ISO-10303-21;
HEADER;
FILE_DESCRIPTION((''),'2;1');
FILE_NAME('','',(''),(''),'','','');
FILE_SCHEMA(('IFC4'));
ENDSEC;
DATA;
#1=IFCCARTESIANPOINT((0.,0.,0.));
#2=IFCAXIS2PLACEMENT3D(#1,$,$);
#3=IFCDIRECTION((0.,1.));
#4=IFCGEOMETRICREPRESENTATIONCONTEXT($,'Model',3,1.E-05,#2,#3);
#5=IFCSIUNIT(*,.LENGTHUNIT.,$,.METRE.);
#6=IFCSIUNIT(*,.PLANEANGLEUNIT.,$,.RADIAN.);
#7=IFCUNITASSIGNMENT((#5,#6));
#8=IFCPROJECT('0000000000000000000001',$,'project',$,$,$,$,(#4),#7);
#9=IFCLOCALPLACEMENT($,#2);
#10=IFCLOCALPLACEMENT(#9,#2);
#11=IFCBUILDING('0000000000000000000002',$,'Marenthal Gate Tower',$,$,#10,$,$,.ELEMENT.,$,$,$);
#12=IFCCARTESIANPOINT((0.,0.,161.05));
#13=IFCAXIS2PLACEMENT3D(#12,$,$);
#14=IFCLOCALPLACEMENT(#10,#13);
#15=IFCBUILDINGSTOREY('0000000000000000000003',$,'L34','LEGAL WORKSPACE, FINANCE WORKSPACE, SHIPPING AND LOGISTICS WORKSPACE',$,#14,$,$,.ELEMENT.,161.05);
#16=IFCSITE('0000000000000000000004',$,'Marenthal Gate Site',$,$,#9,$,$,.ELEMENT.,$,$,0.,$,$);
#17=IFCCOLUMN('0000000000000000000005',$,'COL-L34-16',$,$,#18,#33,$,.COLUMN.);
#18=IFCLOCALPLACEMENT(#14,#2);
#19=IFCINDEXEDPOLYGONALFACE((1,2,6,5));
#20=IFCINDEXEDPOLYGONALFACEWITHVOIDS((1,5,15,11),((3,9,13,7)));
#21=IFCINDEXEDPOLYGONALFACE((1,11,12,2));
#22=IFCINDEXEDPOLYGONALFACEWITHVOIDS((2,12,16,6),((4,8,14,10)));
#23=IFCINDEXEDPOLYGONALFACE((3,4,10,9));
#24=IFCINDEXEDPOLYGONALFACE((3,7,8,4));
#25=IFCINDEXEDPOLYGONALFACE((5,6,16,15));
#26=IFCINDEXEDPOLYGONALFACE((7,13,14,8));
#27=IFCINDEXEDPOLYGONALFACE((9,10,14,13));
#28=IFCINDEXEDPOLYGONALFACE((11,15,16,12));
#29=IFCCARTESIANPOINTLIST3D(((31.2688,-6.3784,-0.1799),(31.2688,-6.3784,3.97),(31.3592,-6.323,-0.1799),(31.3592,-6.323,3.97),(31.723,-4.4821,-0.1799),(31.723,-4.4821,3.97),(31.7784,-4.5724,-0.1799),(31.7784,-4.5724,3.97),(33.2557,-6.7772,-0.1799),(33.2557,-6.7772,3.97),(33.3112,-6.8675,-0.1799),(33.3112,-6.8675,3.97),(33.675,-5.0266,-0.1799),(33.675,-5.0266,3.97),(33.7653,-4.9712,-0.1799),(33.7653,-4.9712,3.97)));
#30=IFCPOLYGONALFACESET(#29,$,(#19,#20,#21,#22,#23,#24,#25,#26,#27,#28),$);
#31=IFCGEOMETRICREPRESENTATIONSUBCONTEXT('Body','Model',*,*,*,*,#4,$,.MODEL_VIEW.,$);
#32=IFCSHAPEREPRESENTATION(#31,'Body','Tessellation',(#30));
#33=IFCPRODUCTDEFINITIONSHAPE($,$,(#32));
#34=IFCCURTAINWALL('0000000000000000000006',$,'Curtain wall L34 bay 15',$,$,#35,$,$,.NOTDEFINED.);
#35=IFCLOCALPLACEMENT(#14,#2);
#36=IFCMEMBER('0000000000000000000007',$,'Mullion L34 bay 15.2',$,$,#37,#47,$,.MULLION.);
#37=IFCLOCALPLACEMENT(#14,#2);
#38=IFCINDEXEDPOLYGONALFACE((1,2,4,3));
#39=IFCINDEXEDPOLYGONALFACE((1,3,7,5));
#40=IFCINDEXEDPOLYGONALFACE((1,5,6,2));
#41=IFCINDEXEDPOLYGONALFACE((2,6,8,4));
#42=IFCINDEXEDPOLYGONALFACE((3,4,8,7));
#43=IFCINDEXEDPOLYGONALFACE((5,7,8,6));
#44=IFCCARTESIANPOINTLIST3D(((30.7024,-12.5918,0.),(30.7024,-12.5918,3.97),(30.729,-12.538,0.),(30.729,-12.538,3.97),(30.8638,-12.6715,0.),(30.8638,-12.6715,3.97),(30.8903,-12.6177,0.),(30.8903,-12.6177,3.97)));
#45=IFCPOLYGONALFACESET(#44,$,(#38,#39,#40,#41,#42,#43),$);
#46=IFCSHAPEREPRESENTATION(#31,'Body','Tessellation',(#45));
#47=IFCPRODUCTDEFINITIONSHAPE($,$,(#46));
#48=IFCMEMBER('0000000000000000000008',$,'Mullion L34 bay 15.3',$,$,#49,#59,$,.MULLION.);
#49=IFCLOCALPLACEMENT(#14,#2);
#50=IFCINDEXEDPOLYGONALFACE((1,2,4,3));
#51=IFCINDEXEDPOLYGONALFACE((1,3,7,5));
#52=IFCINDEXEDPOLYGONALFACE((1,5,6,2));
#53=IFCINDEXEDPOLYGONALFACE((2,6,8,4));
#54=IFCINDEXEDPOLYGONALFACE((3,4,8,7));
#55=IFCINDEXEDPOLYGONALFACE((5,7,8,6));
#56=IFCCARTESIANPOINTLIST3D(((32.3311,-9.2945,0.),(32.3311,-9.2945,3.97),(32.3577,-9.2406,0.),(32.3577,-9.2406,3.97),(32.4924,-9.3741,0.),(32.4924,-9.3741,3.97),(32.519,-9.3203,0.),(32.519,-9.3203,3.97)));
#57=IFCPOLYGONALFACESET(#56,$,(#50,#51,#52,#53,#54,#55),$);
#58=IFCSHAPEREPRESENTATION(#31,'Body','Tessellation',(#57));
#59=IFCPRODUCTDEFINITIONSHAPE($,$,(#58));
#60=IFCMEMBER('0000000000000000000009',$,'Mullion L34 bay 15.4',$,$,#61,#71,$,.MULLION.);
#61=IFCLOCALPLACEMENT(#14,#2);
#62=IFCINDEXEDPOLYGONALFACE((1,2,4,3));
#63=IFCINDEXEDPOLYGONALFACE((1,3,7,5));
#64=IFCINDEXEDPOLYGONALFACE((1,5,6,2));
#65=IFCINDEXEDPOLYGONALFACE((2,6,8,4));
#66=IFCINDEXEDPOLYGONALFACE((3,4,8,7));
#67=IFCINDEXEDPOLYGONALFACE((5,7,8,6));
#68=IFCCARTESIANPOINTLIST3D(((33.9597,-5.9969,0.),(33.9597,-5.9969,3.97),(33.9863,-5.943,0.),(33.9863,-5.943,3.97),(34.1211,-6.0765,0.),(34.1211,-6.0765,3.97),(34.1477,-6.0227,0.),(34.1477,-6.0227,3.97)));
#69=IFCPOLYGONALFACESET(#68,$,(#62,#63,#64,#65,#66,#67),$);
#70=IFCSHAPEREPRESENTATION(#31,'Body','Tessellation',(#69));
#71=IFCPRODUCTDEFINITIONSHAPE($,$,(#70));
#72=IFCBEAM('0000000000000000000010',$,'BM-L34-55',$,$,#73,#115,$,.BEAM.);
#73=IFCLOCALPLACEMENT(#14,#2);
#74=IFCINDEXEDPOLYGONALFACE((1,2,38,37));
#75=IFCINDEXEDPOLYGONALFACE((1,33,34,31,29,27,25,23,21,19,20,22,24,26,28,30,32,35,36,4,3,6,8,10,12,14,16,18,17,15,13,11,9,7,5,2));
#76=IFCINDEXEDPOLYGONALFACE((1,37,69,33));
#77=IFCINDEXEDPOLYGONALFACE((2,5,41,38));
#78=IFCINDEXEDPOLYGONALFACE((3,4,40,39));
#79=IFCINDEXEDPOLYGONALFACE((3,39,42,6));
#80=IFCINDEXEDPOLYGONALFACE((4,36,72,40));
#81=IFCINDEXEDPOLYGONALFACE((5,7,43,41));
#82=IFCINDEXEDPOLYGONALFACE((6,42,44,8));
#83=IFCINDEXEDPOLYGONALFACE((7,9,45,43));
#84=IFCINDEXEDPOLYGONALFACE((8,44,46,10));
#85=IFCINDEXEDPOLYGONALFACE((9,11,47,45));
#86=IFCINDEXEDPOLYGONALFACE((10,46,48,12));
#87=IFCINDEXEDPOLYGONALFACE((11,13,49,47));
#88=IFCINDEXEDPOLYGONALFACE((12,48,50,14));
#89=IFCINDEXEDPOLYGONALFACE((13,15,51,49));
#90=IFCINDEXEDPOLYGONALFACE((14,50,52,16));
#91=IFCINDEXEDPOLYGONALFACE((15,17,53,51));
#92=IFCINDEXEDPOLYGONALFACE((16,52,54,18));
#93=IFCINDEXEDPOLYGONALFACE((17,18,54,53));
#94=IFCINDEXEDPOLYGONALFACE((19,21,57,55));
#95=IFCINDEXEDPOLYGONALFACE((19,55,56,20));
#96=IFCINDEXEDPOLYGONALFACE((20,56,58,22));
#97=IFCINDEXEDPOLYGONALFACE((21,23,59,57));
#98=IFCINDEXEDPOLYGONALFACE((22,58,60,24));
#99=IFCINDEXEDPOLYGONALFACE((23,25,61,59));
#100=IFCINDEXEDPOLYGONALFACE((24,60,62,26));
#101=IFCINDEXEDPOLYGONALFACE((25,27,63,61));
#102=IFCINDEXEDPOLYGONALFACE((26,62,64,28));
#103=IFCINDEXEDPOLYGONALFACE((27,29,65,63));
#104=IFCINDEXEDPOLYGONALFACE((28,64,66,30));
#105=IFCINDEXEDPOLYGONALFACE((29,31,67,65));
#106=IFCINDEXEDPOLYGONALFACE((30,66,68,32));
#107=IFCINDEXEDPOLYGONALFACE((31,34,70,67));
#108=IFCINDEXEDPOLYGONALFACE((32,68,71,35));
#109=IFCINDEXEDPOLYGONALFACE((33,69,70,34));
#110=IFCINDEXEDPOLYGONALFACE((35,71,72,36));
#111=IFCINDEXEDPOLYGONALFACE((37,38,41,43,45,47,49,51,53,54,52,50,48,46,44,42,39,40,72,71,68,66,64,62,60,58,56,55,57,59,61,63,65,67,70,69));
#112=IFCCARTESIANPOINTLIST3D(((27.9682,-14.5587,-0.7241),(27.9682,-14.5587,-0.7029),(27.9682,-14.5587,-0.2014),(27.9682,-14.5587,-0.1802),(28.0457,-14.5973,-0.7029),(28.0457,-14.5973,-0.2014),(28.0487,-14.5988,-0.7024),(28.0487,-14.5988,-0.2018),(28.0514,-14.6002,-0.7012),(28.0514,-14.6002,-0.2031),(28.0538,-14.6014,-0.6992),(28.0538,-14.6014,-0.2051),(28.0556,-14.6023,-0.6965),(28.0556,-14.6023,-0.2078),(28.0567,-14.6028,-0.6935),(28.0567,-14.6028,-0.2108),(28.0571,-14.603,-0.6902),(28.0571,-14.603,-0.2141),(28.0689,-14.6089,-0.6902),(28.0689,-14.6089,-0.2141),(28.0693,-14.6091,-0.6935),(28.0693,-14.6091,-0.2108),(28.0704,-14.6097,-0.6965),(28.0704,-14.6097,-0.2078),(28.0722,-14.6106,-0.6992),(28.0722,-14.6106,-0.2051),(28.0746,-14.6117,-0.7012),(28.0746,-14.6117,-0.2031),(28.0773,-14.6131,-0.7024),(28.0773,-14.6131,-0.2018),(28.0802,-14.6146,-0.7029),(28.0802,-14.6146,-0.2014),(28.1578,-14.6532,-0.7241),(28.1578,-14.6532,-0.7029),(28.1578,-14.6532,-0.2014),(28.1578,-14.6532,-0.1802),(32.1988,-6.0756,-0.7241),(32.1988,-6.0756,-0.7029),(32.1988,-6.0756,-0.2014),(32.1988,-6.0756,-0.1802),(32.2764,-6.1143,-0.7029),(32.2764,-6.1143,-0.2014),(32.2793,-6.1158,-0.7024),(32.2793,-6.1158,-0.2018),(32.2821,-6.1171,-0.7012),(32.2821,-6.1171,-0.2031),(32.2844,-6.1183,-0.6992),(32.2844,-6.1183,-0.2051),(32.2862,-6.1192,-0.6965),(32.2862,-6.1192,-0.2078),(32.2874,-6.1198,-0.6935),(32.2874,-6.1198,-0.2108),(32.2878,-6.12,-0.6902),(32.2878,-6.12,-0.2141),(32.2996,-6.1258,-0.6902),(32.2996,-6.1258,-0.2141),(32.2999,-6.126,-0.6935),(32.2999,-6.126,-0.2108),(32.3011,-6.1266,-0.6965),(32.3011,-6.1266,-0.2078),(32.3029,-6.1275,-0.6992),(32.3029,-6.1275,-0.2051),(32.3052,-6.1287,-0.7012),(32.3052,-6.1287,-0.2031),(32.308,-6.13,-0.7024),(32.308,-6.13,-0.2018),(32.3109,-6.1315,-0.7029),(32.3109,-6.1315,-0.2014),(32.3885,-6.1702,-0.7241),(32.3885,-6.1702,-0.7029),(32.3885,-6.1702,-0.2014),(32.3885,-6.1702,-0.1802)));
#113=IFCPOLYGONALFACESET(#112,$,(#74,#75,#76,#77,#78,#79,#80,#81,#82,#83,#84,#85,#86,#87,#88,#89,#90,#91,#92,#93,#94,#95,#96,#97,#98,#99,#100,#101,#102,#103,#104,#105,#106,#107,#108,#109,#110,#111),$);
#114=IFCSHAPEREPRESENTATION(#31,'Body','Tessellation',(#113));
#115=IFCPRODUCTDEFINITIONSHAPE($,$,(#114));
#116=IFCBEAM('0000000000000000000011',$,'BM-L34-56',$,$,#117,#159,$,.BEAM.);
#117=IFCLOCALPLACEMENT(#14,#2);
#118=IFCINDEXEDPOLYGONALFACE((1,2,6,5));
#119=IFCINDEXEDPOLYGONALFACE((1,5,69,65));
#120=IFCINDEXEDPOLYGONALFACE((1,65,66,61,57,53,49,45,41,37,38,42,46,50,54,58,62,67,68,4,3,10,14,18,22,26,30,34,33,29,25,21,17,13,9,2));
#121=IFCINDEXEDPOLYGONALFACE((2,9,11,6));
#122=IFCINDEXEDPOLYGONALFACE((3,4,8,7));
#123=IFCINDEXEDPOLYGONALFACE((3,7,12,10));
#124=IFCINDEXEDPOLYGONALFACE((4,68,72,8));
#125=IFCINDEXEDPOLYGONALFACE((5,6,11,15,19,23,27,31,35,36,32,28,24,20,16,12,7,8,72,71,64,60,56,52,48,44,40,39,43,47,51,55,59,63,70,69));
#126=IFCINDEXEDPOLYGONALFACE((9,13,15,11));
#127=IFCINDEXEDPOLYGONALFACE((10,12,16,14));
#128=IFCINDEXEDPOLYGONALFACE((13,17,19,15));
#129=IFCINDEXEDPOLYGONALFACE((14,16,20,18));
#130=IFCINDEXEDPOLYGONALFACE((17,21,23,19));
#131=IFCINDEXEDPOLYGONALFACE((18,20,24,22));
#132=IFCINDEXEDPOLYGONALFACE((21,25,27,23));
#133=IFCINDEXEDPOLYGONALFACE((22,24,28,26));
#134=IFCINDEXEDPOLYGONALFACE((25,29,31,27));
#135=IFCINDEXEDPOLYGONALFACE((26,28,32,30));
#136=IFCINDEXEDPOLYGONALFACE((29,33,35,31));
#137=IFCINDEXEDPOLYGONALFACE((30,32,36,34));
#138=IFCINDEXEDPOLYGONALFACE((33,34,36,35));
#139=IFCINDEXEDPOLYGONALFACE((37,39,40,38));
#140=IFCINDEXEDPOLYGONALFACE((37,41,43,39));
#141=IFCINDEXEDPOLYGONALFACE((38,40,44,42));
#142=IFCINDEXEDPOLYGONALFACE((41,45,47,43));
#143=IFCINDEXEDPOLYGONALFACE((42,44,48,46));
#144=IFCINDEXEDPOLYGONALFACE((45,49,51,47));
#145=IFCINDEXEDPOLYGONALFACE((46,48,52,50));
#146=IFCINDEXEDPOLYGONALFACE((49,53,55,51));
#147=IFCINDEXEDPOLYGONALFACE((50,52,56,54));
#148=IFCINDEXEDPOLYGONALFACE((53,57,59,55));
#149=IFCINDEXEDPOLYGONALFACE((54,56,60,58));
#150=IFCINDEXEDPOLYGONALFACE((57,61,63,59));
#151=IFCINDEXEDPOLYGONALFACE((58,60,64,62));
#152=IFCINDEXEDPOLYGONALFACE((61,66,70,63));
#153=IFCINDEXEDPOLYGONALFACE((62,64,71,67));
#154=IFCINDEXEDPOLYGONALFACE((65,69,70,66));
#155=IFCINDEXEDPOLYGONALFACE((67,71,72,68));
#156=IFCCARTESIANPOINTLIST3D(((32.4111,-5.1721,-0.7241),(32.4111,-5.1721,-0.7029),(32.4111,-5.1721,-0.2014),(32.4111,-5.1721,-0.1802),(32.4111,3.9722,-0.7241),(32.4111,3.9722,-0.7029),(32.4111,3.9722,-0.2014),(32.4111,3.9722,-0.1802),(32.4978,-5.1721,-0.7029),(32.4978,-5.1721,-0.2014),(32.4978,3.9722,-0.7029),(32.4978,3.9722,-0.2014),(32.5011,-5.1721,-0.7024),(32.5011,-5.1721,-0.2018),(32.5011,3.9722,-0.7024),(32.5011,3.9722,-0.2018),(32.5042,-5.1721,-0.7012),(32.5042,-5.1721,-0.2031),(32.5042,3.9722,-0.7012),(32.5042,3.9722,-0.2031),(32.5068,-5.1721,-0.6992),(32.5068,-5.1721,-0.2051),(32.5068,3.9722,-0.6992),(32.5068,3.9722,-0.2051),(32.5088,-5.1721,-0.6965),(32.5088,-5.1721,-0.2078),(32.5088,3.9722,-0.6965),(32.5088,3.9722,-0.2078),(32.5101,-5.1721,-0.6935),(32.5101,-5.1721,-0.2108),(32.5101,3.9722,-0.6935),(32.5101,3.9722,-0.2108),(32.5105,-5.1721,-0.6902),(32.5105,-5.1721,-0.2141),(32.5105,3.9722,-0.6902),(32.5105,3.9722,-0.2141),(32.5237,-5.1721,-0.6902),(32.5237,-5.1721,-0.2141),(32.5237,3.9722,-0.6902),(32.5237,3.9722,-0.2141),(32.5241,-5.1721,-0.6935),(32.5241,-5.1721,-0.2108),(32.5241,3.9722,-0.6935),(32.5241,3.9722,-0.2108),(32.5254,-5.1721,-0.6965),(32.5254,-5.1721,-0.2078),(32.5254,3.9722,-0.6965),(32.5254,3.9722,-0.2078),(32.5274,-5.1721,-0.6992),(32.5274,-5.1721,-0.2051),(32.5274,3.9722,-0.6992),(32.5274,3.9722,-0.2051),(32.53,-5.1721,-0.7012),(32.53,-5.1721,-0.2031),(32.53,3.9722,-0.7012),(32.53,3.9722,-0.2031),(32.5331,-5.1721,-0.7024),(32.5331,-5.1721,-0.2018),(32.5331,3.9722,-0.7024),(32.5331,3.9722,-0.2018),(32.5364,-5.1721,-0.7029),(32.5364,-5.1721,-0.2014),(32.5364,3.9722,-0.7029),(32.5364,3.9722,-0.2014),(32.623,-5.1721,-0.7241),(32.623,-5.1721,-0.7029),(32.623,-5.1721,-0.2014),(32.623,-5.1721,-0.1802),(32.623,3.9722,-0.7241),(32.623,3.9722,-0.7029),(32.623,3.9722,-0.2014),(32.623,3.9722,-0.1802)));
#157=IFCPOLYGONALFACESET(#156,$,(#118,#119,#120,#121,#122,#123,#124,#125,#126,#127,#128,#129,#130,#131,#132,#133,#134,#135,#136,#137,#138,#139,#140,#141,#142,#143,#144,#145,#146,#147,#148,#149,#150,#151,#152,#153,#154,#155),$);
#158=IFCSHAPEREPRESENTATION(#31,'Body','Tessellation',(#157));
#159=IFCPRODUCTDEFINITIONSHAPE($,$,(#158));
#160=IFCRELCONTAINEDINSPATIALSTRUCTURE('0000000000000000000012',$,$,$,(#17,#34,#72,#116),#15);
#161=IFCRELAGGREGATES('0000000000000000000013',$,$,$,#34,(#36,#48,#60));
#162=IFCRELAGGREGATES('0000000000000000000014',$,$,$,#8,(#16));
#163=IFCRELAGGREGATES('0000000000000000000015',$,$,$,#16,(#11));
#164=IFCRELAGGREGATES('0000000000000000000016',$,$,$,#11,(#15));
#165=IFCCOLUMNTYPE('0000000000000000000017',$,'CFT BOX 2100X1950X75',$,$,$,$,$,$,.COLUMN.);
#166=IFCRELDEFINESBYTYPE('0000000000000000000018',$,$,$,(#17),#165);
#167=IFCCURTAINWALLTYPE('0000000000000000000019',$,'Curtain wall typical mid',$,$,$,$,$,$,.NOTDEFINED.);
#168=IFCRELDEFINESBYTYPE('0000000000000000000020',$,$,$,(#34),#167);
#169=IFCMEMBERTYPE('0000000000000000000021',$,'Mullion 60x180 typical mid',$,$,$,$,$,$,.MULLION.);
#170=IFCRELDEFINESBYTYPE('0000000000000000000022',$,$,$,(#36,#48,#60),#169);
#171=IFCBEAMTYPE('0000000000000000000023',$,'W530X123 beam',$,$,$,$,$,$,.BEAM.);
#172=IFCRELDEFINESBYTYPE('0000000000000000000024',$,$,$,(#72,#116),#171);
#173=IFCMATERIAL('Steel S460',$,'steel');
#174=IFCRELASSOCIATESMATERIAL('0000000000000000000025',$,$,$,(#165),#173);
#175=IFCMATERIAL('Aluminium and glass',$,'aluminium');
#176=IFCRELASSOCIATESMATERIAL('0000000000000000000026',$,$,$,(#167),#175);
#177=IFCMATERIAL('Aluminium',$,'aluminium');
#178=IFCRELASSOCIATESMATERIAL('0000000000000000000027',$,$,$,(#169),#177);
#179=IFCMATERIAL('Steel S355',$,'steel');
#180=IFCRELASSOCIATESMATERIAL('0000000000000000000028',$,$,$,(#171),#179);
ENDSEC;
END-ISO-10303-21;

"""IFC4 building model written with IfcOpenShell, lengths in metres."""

from ifc_helpers import new_model, si_unit, direction, frame, origin, origin_2d, place, context, subcontext, project, spatial, rectangle, hollow_rectangle, i_section, extrude, material, material_profile, profile_set, type_object, element, aggregate, save


model = new_model("IFC4")

# Units and contexts
model_context = context("Model", 3, precision=1e-05, world=origin(), true_north=direction((0.0, 1.0)))
body_context = subcontext(model_context, "Body", "Model", "MODEL_VIEW")
ifc_project = project(units=[si_unit("LENGTHUNIT", "METRE"), si_unit("PLANEANGLEUNIT", "RADIAN")], contexts=[model_context])

# Site, building, storey
site_placement = place(None, origin())
site = spatial("IfcSite", under=ifc_project, at=site_placement, Name="Marenthal Gate Site", CompositionType="ELEMENT", RefElevation=0.0)
building_placement = place(site_placement, origin())
building = spatial("IfcBuilding", under=site, at=building_placement, Name="Marenthal Gate Tower", CompositionType="ELEMENT")
storey_placement = place(building_placement, frame((0.0, 0.0, 161.05)))
storey = spatial("IfcBuildingStorey", under=building, at=storey_placement, Name="L34", Description="LEGAL WORKSPACE, FINANCE WORKSPACE, SHIPPING AND LOGISTICS WORKSPACE", CompositionType="ELEMENT", Elevation=161.05)

# Column
ifc_material_1 = material(Name="Steel S460", Category="steel")
ifc_material_profile_1 = material_profile(ifc_material_1, hollow_rectangle(XDim=1.95, YDim=2.1001, WallThickness=0.075, at=origin_2d()), Name="CFT BOX 2100X1950X75")
ifc_material_2 = material(Name="Concrete 70 MPa", Category="concrete")
ifc_material_profile_2 = material_profile(ifc_material_2, rectangle(XDim=1.8, YDim=1.95, at=origin_2d()), Name="CFT BOX 2100X1950X75 INFILL")
ifc_profile_set_1 = profile_set([ifc_material_profile_1, ifc_material_profile_2], Name="Steel S460 shell, Concrete 70 MPa infill")
column_type = type_object("IfcColumnType", Name="CFT BOX 2100X1950X75", PredefinedType="COLUMN", material=ifc_profile_set_1)
column_placement = place(storey_placement, frame((32.5171, -5.6748, -0.1799), z_axis=(0.0, 0.0, 1.0), x_axis=(-0.232909, -0.972499, 0.0)))
element("IfcColumn", 1, at=column_placement, inside=storey, type_object=column_type, Name="COL-L34-16", PredefinedType="COLUMN", context=body_context, shape_type="SweptSolid", body=[
    extrude(hollow_rectangle(XDim=1.95, YDim=2.1001, WallThickness=0.075, at=origin_2d()), origin(), (0.0, 0.0, 1.0), 4.1499),
])

# Curtain wall, members
ifc_material_3 = material(Name="Aluminium and glass", Category="aluminium")
curtain_wall_type = type_object("IfcCurtainWallType", Name="Curtain wall typical mid", PredefinedType="NOTDEFINED", material=ifc_material_3)
curtain_wall_placement = place(storey_placement, origin())
curtain_wall = element("IfcCurtainWall", 2, at=curtain_wall_placement, inside=storey, type_object=curtain_wall_type, Name="Curtain wall L34 bay 15", PredefinedType="NOTDEFINED")
ifc_material_4 = material(Name="Aluminium", Category="aluminium")
ifc_material_profile_3 = material_profile(ifc_material_4, rectangle(XDim=0.1799, YDim=0.0601, at=origin_2d()), Name="60x180 aluminium mullion")
ifc_profile_set_2 = profile_set([ifc_material_profile_3], Name="Aluminium")
member_type = type_object("IfcMemberType", Name="Mullion 60x180 typical mid", PredefinedType="MULLION", material=ifc_profile_set_2)
member_1_placement = place(storey_placement, frame((30.7964, -12.6047, 0.0), z_axis=(0.0, 0.0, 1.0), x_axis=(-0.896609, 0.442824, 0.0)))
member_1 = element("IfcMember", 3, at=member_1_placement, type_object=member_type, Name="Mullion L34 bay 15.2", PredefinedType="MULLION", context=body_context, shape_type="SweptSolid", body=[
    extrude(rectangle(XDim=0.1799, YDim=0.0601, at=origin_2d()), origin(), (0.0, 0.0, 1.0), 3.97),
])
member_2_placement = place(storey_placement, frame((32.425, -9.3074, 0.0), z_axis=(0.0, 0.0, 1.0), x_axis=(-0.896609, 0.442824, 0.0)))
member_2 = element("IfcMember", 4, at=member_2_placement, type_object=member_type, Name="Mullion L34 bay 15.3", PredefinedType="MULLION", context=body_context, shape_type="SweptSolid", body=[
    extrude(rectangle(XDim=0.1799, YDim=0.0601, at=origin_2d()), origin(), (0.0, 0.0, 1.0), 3.97),
])
member_3_placement = place(storey_placement, frame((34.0537, -6.0098, 0.0), z_axis=(0.0, 0.0, 1.0), x_axis=(-0.896609, 0.442824, 0.0)))
member_3 = element("IfcMember", 5, at=member_3_placement, type_object=member_type, Name="Mullion L34 bay 15.4", PredefinedType="MULLION", context=body_context, shape_type="SweptSolid", body=[
    extrude(rectangle(XDim=0.1799, YDim=0.0601, at=origin_2d()), origin(), (0.0, 0.0, 1.0), 3.97),
])

# Beams
ifc_material_5 = material(Name="Steel S355", Category="steel")
ifc_material_profile_4 = material_profile(ifc_material_5, i_section(OverallWidth=0.2119, OverallDepth=0.5439, WebThickness=0.0132, FlangeThickness=0.0212, FilletRadius=0.0127, at=origin_2d()), Name="W530X123")
ifc_profile_set_3 = profile_set([ifc_material_profile_4], Name="Steel S355")
beam_type_1 = type_object("IfcBeamType", Name="W530X123 beam", PredefinedType="BEAM", material=ifc_profile_set_3)
beam_1_placement = place(storey_placement, frame((28.063, -14.606, -0.4521), z_axis=(0.446297, 0.894885, 0.0), x_axis=(-0.894885, 0.446297, 0.0)))
element("IfcBeam", 6, at=beam_1_placement, inside=storey, type_object=beam_type_1, Name="BM-L34-55", PredefinedType="BEAM", context=body_context, shape_type="SweptSolid", body=[
    extrude(i_section(OverallWidth=0.2119, OverallDepth=0.5439, WebThickness=0.0132, FlangeThickness=0.0212, FilletRadius=0.0127, at=origin_2d()), origin(), (0.0, 0.0, 1.0), 9.4795),
])
beam_2_placement = place(storey_placement, frame((32.5171, -5.1721, -0.4521), z_axis=(0.0, 1.0, 0.0), x_axis=(-1.0, 0.0, 0.0)))
element("IfcBeam", 7, at=beam_2_placement, inside=storey, type_object=beam_type_1, Name="BM-L34-56", PredefinedType="BEAM", context=body_context, shape_type="SweptSolid", body=[
    extrude(i_section(OverallWidth=0.2119, OverallDepth=0.5439, WebThickness=0.0132, FlangeThickness=0.0212, FilletRadius=0.0127, at=origin_2d()), origin(), (0.0, 0.0, 1.0), 9.1443),
])

aggregate(curtain_wall, [member_1, member_2, member_3])

save(model, "model.ifc")
